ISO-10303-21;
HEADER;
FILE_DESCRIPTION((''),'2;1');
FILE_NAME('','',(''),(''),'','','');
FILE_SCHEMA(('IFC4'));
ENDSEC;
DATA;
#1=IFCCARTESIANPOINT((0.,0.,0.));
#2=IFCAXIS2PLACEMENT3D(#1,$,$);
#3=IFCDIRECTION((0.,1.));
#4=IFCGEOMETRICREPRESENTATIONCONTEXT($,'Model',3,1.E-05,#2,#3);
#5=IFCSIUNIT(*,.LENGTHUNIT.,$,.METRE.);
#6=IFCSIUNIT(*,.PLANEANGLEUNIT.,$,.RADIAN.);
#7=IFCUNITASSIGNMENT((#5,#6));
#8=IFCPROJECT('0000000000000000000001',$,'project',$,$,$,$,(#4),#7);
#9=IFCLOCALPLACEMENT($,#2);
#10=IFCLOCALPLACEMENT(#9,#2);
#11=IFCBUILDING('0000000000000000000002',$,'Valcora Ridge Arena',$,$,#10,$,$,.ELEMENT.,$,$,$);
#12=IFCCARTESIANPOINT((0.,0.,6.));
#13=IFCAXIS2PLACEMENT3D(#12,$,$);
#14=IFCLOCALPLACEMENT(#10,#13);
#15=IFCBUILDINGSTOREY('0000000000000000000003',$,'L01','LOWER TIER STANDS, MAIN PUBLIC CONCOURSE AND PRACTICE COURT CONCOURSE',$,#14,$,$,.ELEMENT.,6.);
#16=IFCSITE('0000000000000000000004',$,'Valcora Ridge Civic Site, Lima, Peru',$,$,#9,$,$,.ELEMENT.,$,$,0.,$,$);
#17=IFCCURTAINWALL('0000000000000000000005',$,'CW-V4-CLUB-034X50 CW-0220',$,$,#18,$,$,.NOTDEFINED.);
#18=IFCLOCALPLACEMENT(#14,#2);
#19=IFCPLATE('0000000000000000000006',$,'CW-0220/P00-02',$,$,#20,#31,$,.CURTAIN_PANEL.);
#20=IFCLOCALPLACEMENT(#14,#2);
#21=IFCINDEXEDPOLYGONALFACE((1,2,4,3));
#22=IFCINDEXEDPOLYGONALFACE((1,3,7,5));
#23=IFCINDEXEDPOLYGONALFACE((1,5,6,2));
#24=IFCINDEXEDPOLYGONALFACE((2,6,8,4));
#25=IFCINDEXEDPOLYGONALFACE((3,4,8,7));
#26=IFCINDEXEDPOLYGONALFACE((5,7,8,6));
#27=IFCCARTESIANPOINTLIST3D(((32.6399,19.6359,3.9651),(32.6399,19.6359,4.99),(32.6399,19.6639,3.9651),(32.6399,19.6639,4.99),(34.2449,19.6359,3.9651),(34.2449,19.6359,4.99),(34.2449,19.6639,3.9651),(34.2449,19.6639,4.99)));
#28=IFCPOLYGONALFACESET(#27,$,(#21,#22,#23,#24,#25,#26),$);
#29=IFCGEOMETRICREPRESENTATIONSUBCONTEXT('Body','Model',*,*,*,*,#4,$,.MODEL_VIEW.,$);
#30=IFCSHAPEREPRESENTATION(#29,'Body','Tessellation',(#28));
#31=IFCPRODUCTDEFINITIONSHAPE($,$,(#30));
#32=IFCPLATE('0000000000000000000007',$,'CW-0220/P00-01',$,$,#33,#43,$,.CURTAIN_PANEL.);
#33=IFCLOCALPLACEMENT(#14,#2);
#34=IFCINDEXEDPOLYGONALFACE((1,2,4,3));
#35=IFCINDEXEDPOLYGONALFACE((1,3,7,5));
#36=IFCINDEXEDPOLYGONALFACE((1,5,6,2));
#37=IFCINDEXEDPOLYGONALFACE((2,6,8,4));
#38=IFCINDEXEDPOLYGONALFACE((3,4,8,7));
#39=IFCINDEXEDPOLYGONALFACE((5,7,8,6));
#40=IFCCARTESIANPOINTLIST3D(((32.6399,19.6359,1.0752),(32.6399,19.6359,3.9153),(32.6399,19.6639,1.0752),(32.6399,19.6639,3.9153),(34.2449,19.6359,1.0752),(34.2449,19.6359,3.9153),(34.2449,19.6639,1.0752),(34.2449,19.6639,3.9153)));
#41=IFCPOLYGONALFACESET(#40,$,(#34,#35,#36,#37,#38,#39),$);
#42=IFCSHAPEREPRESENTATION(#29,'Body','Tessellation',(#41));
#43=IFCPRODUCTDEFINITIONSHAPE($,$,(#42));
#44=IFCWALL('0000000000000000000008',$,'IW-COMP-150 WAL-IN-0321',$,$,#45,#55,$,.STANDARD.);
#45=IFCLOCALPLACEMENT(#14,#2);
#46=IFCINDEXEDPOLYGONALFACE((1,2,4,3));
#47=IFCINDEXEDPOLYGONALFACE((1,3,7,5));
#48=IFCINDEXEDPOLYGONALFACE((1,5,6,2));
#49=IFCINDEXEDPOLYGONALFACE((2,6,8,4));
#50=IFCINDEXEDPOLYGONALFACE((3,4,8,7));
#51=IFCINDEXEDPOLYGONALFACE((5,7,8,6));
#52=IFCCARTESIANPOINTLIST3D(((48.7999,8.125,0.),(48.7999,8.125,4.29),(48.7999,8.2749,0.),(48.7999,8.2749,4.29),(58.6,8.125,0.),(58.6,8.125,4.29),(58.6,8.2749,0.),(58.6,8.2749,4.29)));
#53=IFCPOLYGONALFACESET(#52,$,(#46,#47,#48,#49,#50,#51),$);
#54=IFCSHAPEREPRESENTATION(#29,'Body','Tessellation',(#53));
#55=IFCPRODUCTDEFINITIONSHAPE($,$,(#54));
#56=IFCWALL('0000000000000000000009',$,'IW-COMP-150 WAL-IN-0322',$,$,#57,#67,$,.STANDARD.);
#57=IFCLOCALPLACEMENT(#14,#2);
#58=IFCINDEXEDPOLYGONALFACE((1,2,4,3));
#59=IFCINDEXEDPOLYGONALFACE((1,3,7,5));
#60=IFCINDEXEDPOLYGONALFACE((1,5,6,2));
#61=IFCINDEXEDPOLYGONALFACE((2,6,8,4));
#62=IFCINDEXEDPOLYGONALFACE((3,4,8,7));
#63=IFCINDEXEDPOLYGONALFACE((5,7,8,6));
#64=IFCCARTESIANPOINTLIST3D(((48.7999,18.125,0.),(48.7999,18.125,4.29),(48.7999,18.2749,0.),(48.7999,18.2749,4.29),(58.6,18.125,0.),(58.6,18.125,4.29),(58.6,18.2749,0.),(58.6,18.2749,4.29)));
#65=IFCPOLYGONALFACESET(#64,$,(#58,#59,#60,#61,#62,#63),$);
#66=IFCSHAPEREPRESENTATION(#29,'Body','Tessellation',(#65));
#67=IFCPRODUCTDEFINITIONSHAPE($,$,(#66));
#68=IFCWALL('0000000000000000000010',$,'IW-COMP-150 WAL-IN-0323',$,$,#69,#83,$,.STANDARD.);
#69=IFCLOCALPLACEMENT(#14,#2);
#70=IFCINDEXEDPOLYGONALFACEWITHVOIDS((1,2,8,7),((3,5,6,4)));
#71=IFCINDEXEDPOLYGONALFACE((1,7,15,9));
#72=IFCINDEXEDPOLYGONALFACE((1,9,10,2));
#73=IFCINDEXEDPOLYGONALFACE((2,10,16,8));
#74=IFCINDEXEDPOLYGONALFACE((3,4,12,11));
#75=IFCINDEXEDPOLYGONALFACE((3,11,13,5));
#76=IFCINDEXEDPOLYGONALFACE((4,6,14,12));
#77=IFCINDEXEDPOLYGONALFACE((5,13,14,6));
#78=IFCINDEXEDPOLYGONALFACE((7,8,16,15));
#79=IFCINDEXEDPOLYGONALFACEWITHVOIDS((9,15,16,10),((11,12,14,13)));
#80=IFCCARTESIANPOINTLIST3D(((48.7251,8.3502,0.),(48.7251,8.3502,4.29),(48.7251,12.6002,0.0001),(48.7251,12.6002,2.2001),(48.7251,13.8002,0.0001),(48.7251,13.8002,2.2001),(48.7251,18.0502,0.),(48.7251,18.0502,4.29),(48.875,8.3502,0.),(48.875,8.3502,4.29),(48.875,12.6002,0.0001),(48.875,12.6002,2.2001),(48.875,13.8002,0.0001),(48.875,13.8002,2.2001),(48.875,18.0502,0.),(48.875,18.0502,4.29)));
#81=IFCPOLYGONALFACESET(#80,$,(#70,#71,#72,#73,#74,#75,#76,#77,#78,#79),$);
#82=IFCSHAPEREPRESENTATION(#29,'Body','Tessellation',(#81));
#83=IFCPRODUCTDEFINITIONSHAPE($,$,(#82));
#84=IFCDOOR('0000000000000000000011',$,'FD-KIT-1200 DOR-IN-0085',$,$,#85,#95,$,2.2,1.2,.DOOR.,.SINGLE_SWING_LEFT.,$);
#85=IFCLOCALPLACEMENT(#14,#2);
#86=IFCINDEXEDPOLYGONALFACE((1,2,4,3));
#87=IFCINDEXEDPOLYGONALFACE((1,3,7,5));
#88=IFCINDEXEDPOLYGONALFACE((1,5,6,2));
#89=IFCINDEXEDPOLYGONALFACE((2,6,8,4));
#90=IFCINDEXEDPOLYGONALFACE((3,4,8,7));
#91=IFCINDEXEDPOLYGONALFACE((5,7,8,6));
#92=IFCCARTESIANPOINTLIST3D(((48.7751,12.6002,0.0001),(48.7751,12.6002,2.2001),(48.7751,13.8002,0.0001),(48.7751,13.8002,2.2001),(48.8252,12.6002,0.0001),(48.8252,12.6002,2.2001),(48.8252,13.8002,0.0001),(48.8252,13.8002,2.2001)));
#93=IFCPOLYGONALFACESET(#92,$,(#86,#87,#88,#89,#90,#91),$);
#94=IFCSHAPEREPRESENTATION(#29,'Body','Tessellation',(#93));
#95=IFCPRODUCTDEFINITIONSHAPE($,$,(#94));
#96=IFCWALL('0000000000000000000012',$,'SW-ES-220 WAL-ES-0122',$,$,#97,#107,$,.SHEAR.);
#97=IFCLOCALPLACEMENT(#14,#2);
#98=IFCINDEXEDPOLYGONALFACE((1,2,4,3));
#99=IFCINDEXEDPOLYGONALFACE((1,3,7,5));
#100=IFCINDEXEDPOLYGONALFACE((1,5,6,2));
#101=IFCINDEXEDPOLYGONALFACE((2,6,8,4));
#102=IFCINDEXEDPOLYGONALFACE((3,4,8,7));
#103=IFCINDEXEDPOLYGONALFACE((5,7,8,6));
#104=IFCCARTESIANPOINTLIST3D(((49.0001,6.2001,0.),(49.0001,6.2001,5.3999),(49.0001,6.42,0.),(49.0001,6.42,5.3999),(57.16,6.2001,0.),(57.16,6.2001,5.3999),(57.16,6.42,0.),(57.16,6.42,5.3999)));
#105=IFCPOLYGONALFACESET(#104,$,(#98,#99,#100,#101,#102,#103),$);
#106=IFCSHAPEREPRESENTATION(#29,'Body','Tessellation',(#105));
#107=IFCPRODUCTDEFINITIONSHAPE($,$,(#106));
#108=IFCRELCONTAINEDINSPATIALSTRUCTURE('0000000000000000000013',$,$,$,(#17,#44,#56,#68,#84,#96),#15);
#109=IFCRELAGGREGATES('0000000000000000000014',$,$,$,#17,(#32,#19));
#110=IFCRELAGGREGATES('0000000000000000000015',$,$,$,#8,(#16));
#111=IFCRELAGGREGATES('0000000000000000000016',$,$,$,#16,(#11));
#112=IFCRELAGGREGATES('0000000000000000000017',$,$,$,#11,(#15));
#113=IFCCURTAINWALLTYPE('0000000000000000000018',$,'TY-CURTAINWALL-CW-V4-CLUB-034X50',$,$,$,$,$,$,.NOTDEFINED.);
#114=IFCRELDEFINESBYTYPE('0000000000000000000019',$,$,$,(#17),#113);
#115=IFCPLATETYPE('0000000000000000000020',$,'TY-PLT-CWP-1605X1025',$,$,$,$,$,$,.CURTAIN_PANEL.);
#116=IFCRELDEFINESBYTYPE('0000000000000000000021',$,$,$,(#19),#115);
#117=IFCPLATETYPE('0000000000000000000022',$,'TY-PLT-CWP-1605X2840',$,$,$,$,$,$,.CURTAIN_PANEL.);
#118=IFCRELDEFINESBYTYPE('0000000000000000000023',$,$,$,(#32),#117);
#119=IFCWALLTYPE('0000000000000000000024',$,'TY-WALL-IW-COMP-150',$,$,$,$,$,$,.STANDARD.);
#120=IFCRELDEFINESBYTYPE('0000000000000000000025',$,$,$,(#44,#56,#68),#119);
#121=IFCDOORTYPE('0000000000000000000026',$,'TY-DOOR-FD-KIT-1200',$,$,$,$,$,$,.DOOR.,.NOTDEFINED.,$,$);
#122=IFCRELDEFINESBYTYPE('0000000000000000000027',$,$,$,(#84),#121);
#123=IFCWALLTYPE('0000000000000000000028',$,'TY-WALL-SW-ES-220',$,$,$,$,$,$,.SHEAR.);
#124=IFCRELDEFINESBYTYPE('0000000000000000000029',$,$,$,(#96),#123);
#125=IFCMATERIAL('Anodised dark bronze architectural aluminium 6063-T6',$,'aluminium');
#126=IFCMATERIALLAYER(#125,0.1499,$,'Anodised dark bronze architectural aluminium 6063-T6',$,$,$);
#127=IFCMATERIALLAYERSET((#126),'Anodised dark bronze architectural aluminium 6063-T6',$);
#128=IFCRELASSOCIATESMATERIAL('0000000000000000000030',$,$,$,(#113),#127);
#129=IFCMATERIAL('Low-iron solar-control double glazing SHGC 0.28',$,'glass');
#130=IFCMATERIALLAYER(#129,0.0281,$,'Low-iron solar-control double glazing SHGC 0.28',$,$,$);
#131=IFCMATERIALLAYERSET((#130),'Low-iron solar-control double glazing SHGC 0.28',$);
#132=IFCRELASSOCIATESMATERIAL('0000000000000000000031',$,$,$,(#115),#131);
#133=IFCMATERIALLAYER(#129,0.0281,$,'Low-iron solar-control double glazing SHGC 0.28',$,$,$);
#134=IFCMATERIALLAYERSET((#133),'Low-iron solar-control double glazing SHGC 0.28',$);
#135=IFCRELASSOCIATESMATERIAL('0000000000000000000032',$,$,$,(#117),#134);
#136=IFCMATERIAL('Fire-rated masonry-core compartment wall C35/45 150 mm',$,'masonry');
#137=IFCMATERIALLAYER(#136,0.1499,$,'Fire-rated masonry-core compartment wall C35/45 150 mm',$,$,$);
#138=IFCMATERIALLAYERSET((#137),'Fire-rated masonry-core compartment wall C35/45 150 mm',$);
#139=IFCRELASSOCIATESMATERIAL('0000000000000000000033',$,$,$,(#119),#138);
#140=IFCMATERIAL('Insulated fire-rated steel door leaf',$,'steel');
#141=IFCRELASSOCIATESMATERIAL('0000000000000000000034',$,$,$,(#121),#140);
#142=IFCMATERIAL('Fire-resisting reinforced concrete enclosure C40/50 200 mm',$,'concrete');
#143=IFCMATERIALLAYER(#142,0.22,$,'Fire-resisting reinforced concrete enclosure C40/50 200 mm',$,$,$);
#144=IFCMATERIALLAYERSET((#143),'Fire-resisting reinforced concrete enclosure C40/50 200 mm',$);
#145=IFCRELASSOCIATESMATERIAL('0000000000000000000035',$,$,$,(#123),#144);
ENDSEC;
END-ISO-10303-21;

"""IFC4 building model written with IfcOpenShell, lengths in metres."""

from ifc_helpers import new_model, si_unit, direction, frame, frame_2d, origin, origin_2d, place, context, subcontext, project, spatial, rectangle, extrude, material, layer, layer_set, type_object, element, fill, aggregate, save


model = new_model("IFC4")

# Units and contexts
model_context = context("Model", 3, precision=1e-05, world=origin(), true_north=direction((0.0, 1.0)))
body_context = subcontext(model_context, "Body", "Model", "MODEL_VIEW")
ifc_project = project(units=[si_unit("LENGTHUNIT", "METRE"), si_unit("PLANEANGLEUNIT", "RADIAN")], contexts=[model_context])

# Site, building, storey
site_placement = place(None, origin())
site = spatial("IfcSite", under=ifc_project, at=site_placement, Name="Valcora Ridge Civic Site, Lima, Peru", CompositionType="ELEMENT", RefElevation=0.0)
building_placement = place(site_placement, origin())
building = spatial("IfcBuilding", under=site, at=building_placement, Name="Valcora Ridge Arena", CompositionType="ELEMENT")
storey_placement = place(building_placement, frame((0.0, 0.0, 6.0)))
storey = spatial("IfcBuildingStorey", under=building, at=storey_placement, Name="L01", Description="LOWER TIER STANDS, MAIN PUBLIC CONCOURSE AND PRACTICE COURT CONCOURSE", CompositionType="ELEMENT", Elevation=6.0)

# Curtain wall, plates
ifc_material_1 = material(Name="Anodised dark bronze architectural aluminium 6063-T6", Category="aluminium")
ifc_layer_1 = layer(ifc_material_1, 0.1499, Name="Anodised dark bronze architectural aluminium 6063-T6")
ifc_layer_set_1 = layer_set([ifc_layer_1], Name="Anodised dark bronze architectural aluminium 6063-T6")
curtain_wall_type = type_object("IfcCurtainWallType", Name="TY-CURTAINWALL-CW-V4-CLUB-034X50", PredefinedType="NOTDEFINED", material=ifc_layer_set_1)
curtain_wall_placement = place(storey_placement, origin())
curtain_wall = element("IfcCurtainWall", 1, at=curtain_wall_placement, inside=storey, type_object=curtain_wall_type, Name="CW-V4-CLUB-034X50 CW-0220", PredefinedType="NOTDEFINED")
ifc_material_2 = material(Name="Low-iron solar-control double glazing SHGC 0.28", Category="glass")
ifc_layer_2 = layer(ifc_material_2, 0.0281, Name="Low-iron solar-control double glazing SHGC 0.28")
ifc_layer_set_2 = layer_set([ifc_layer_2], Name="Low-iron solar-control double glazing SHGC 0.28")
plate_type_1 = type_object("IfcPlateType", Name="TY-PLT-CWP-1605X1025", PredefinedType="CURTAIN_PANEL", material=ifc_layer_set_2)
plate_1_placement = place(storey_placement, frame((33.4424, 19.6499, 3.9651), z_axis=(0.0, 0.0, 1.0), x_axis=(1.0, 0.0, 0.0)))
plate_1 = element("IfcPlate", 2, at=plate_1_placement, type_object=plate_type_1, Name="CW-0220/P00-02", PredefinedType="CURTAIN_PANEL", context=body_context, shape_type="SweptSolid", body=[
    extrude(rectangle(XDim=1.605, YDim=0.0281, at=origin_2d()), origin(), (0.0, 0.0, 1.0), 1.0249),
])
ifc_layer_3 = layer(ifc_material_2, 0.0281, Name="Low-iron solar-control double glazing SHGC 0.28")
ifc_layer_set_3 = layer_set([ifc_layer_3], Name="Low-iron solar-control double glazing SHGC 0.28")
plate_type_2 = type_object("IfcPlateType", Name="TY-PLT-CWP-1605X2840", PredefinedType="CURTAIN_PANEL", material=ifc_layer_set_3)
plate_2_placement = place(storey_placement, frame((33.4424, 19.6499, 1.0752), z_axis=(0.0, 0.0, 1.0), x_axis=(1.0, 0.0, 0.0)))
plate_2 = element("IfcPlate", 3, at=plate_2_placement, type_object=plate_type_2, Name="CW-0220/P00-01", PredefinedType="CURTAIN_PANEL", context=body_context, shape_type="SweptSolid", body=[
    extrude(rectangle(XDim=1.605, YDim=0.0281, at=origin_2d()), origin(), (0.0, 0.0, 1.0), 2.8401),
])
aggregate(curtain_wall, [plate_2, plate_1])

# Walls
ifc_material_3 = material(Name="Fire-rated masonry-core compartment wall C35/45 150 mm", Category="masonry")
ifc_layer_4 = layer(ifc_material_3, 0.1499, Name="Fire-rated masonry-core compartment wall C35/45 150 mm")
ifc_layer_set_4 = layer_set([ifc_layer_4], Name="Fire-rated masonry-core compartment wall C35/45 150 mm")
wall_type_1 = type_object("IfcWallType", Name="TY-WALL-IW-COMP-150", PredefinedType="STANDARD", material=ifc_layer_set_4)
for number, where, z_axis, x_axis, name in (
    (4, (48.8, 8.2, 0.0), (0.0, 0.0, 1.0), (1.0, 0.0, 0.0), "IW-COMP-150 WAL-IN-0321"),
    (5, (48.8, 18.2, 0.0), (0.0, 0.0, 1.0), (1.0, 0.0, 0.0), "IW-COMP-150 WAL-IN-0322"),
):
    element("IfcWall", number, at=place(storey_placement, frame(where, z_axis=z_axis, x_axis=x_axis)), inside=storey, type_object=wall_type_1, Name=name, PredefinedType="STANDARD", context=body_context, shape_type="SweptSolid", body=[
        extrude(rectangle(XDim=9.8, YDim=0.1499, at=frame_2d((4.8999, 0.0))), origin(), (0.0, 0.0, 1.0), 4.29),
    ])

# Wall, opening, door
wall_1_placement = place(storey_placement, frame((48.8, 8.3501, 0.0), z_axis=(0.0, 0.0, 1.0), x_axis=(0.0, 1.0, 0.0)))
wall_1 = element("IfcWall", 6, at=wall_1_placement, inside=storey, type_object=wall_type_1, Name="IW-COMP-150 WAL-IN-0323", PredefinedType="STANDARD", context=body_context, shape_type="SweptSolid", body=[
    extrude(rectangle(XDim=9.7, YDim=0.1499, at=frame_2d((4.8501, 0.0))), origin(), (0.0, 0.0, 1.0), 4.29),
])
opening_placement = place(wall_1_placement, frame((4.25, 0.0, 0.0)))
opening = element("IfcOpeningElement", 7, at=opening_placement, cuts=wall_1, PredefinedType="OPENING", context=body_context, shape_type="SweptSolid", body=[
    extrude(rectangle(XDim=1.2, YDim=2.2, at=frame_2d((0.6001, 1.1001))), frame((0.0, 0.085, 0.0), z_axis=(0.0, -1.0, 0.0), x_axis=(1.0, 0.0, 0.0)), (0.0, 0.0, 1.0), 0.1699),
])
ifc_material_4 = material(Name="Insulated fire-rated steel door leaf", Category="steel")
door_type = type_object("IfcDoorType", Name="TY-DOOR-FD-KIT-1200", OperationType="NOTDEFINED", PredefinedType="DOOR", material=ifc_material_4)
door_placement = place(opening_placement, origin())
door = element("IfcDoor", 8, at=door_placement, inside=storey, type_object=door_type, Name="FD-KIT-1200 DOR-IN-0085", OperationType="SINGLE_SWING_LEFT", OverallHeight=2.2, OverallWidth=1.2, PredefinedType="DOOR", context=body_context, shape_type="SweptSolid", body=[
    extrude(rectangle(XDim=1.2, YDim=2.2, at=frame_2d((0.6001, 1.1001))), frame((0.0, 0.0249, 0.0), z_axis=(0.0, -1.0, 0.0), x_axis=(1.0, 0.0, 0.0)), (0.0, 0.0, 1.0), 0.05),
])
fill(opening, door)

# Wall
ifc_material_5 = material(Name="Fire-resisting reinforced concrete enclosure C40/50 200 mm", Category="concrete")
ifc_layer_5 = layer(ifc_material_5, 0.22, Name="Fire-resisting reinforced concrete enclosure C40/50 200 mm")
ifc_layer_set_5 = layer_set([ifc_layer_5], Name="Fire-resisting reinforced concrete enclosure C40/50 200 mm")
wall_type_2 = type_object("IfcWallType", Name="TY-WALL-SW-ES-220", PredefinedType="SHEAR", material=ifc_layer_set_5)
wall_2_placement = place(storey_placement, frame((49.0, 6.3101, 0.0), z_axis=(0.0, 0.0, 1.0), x_axis=(1.0, 0.0, 0.0)))
element("IfcWall", 9, at=wall_2_placement, inside=storey, type_object=wall_type_2, Name="SW-ES-220 WAL-ES-0122", PredefinedType="SHEAR", context=body_context, shape_type="SweptSolid", body=[
    extrude(rectangle(XDim=8.1599, YDim=0.22, at=frame_2d((4.0801, 0.0))), origin(), (0.0, 0.0, 1.0), 5.3999),
])

save(model, "model.ifc")
